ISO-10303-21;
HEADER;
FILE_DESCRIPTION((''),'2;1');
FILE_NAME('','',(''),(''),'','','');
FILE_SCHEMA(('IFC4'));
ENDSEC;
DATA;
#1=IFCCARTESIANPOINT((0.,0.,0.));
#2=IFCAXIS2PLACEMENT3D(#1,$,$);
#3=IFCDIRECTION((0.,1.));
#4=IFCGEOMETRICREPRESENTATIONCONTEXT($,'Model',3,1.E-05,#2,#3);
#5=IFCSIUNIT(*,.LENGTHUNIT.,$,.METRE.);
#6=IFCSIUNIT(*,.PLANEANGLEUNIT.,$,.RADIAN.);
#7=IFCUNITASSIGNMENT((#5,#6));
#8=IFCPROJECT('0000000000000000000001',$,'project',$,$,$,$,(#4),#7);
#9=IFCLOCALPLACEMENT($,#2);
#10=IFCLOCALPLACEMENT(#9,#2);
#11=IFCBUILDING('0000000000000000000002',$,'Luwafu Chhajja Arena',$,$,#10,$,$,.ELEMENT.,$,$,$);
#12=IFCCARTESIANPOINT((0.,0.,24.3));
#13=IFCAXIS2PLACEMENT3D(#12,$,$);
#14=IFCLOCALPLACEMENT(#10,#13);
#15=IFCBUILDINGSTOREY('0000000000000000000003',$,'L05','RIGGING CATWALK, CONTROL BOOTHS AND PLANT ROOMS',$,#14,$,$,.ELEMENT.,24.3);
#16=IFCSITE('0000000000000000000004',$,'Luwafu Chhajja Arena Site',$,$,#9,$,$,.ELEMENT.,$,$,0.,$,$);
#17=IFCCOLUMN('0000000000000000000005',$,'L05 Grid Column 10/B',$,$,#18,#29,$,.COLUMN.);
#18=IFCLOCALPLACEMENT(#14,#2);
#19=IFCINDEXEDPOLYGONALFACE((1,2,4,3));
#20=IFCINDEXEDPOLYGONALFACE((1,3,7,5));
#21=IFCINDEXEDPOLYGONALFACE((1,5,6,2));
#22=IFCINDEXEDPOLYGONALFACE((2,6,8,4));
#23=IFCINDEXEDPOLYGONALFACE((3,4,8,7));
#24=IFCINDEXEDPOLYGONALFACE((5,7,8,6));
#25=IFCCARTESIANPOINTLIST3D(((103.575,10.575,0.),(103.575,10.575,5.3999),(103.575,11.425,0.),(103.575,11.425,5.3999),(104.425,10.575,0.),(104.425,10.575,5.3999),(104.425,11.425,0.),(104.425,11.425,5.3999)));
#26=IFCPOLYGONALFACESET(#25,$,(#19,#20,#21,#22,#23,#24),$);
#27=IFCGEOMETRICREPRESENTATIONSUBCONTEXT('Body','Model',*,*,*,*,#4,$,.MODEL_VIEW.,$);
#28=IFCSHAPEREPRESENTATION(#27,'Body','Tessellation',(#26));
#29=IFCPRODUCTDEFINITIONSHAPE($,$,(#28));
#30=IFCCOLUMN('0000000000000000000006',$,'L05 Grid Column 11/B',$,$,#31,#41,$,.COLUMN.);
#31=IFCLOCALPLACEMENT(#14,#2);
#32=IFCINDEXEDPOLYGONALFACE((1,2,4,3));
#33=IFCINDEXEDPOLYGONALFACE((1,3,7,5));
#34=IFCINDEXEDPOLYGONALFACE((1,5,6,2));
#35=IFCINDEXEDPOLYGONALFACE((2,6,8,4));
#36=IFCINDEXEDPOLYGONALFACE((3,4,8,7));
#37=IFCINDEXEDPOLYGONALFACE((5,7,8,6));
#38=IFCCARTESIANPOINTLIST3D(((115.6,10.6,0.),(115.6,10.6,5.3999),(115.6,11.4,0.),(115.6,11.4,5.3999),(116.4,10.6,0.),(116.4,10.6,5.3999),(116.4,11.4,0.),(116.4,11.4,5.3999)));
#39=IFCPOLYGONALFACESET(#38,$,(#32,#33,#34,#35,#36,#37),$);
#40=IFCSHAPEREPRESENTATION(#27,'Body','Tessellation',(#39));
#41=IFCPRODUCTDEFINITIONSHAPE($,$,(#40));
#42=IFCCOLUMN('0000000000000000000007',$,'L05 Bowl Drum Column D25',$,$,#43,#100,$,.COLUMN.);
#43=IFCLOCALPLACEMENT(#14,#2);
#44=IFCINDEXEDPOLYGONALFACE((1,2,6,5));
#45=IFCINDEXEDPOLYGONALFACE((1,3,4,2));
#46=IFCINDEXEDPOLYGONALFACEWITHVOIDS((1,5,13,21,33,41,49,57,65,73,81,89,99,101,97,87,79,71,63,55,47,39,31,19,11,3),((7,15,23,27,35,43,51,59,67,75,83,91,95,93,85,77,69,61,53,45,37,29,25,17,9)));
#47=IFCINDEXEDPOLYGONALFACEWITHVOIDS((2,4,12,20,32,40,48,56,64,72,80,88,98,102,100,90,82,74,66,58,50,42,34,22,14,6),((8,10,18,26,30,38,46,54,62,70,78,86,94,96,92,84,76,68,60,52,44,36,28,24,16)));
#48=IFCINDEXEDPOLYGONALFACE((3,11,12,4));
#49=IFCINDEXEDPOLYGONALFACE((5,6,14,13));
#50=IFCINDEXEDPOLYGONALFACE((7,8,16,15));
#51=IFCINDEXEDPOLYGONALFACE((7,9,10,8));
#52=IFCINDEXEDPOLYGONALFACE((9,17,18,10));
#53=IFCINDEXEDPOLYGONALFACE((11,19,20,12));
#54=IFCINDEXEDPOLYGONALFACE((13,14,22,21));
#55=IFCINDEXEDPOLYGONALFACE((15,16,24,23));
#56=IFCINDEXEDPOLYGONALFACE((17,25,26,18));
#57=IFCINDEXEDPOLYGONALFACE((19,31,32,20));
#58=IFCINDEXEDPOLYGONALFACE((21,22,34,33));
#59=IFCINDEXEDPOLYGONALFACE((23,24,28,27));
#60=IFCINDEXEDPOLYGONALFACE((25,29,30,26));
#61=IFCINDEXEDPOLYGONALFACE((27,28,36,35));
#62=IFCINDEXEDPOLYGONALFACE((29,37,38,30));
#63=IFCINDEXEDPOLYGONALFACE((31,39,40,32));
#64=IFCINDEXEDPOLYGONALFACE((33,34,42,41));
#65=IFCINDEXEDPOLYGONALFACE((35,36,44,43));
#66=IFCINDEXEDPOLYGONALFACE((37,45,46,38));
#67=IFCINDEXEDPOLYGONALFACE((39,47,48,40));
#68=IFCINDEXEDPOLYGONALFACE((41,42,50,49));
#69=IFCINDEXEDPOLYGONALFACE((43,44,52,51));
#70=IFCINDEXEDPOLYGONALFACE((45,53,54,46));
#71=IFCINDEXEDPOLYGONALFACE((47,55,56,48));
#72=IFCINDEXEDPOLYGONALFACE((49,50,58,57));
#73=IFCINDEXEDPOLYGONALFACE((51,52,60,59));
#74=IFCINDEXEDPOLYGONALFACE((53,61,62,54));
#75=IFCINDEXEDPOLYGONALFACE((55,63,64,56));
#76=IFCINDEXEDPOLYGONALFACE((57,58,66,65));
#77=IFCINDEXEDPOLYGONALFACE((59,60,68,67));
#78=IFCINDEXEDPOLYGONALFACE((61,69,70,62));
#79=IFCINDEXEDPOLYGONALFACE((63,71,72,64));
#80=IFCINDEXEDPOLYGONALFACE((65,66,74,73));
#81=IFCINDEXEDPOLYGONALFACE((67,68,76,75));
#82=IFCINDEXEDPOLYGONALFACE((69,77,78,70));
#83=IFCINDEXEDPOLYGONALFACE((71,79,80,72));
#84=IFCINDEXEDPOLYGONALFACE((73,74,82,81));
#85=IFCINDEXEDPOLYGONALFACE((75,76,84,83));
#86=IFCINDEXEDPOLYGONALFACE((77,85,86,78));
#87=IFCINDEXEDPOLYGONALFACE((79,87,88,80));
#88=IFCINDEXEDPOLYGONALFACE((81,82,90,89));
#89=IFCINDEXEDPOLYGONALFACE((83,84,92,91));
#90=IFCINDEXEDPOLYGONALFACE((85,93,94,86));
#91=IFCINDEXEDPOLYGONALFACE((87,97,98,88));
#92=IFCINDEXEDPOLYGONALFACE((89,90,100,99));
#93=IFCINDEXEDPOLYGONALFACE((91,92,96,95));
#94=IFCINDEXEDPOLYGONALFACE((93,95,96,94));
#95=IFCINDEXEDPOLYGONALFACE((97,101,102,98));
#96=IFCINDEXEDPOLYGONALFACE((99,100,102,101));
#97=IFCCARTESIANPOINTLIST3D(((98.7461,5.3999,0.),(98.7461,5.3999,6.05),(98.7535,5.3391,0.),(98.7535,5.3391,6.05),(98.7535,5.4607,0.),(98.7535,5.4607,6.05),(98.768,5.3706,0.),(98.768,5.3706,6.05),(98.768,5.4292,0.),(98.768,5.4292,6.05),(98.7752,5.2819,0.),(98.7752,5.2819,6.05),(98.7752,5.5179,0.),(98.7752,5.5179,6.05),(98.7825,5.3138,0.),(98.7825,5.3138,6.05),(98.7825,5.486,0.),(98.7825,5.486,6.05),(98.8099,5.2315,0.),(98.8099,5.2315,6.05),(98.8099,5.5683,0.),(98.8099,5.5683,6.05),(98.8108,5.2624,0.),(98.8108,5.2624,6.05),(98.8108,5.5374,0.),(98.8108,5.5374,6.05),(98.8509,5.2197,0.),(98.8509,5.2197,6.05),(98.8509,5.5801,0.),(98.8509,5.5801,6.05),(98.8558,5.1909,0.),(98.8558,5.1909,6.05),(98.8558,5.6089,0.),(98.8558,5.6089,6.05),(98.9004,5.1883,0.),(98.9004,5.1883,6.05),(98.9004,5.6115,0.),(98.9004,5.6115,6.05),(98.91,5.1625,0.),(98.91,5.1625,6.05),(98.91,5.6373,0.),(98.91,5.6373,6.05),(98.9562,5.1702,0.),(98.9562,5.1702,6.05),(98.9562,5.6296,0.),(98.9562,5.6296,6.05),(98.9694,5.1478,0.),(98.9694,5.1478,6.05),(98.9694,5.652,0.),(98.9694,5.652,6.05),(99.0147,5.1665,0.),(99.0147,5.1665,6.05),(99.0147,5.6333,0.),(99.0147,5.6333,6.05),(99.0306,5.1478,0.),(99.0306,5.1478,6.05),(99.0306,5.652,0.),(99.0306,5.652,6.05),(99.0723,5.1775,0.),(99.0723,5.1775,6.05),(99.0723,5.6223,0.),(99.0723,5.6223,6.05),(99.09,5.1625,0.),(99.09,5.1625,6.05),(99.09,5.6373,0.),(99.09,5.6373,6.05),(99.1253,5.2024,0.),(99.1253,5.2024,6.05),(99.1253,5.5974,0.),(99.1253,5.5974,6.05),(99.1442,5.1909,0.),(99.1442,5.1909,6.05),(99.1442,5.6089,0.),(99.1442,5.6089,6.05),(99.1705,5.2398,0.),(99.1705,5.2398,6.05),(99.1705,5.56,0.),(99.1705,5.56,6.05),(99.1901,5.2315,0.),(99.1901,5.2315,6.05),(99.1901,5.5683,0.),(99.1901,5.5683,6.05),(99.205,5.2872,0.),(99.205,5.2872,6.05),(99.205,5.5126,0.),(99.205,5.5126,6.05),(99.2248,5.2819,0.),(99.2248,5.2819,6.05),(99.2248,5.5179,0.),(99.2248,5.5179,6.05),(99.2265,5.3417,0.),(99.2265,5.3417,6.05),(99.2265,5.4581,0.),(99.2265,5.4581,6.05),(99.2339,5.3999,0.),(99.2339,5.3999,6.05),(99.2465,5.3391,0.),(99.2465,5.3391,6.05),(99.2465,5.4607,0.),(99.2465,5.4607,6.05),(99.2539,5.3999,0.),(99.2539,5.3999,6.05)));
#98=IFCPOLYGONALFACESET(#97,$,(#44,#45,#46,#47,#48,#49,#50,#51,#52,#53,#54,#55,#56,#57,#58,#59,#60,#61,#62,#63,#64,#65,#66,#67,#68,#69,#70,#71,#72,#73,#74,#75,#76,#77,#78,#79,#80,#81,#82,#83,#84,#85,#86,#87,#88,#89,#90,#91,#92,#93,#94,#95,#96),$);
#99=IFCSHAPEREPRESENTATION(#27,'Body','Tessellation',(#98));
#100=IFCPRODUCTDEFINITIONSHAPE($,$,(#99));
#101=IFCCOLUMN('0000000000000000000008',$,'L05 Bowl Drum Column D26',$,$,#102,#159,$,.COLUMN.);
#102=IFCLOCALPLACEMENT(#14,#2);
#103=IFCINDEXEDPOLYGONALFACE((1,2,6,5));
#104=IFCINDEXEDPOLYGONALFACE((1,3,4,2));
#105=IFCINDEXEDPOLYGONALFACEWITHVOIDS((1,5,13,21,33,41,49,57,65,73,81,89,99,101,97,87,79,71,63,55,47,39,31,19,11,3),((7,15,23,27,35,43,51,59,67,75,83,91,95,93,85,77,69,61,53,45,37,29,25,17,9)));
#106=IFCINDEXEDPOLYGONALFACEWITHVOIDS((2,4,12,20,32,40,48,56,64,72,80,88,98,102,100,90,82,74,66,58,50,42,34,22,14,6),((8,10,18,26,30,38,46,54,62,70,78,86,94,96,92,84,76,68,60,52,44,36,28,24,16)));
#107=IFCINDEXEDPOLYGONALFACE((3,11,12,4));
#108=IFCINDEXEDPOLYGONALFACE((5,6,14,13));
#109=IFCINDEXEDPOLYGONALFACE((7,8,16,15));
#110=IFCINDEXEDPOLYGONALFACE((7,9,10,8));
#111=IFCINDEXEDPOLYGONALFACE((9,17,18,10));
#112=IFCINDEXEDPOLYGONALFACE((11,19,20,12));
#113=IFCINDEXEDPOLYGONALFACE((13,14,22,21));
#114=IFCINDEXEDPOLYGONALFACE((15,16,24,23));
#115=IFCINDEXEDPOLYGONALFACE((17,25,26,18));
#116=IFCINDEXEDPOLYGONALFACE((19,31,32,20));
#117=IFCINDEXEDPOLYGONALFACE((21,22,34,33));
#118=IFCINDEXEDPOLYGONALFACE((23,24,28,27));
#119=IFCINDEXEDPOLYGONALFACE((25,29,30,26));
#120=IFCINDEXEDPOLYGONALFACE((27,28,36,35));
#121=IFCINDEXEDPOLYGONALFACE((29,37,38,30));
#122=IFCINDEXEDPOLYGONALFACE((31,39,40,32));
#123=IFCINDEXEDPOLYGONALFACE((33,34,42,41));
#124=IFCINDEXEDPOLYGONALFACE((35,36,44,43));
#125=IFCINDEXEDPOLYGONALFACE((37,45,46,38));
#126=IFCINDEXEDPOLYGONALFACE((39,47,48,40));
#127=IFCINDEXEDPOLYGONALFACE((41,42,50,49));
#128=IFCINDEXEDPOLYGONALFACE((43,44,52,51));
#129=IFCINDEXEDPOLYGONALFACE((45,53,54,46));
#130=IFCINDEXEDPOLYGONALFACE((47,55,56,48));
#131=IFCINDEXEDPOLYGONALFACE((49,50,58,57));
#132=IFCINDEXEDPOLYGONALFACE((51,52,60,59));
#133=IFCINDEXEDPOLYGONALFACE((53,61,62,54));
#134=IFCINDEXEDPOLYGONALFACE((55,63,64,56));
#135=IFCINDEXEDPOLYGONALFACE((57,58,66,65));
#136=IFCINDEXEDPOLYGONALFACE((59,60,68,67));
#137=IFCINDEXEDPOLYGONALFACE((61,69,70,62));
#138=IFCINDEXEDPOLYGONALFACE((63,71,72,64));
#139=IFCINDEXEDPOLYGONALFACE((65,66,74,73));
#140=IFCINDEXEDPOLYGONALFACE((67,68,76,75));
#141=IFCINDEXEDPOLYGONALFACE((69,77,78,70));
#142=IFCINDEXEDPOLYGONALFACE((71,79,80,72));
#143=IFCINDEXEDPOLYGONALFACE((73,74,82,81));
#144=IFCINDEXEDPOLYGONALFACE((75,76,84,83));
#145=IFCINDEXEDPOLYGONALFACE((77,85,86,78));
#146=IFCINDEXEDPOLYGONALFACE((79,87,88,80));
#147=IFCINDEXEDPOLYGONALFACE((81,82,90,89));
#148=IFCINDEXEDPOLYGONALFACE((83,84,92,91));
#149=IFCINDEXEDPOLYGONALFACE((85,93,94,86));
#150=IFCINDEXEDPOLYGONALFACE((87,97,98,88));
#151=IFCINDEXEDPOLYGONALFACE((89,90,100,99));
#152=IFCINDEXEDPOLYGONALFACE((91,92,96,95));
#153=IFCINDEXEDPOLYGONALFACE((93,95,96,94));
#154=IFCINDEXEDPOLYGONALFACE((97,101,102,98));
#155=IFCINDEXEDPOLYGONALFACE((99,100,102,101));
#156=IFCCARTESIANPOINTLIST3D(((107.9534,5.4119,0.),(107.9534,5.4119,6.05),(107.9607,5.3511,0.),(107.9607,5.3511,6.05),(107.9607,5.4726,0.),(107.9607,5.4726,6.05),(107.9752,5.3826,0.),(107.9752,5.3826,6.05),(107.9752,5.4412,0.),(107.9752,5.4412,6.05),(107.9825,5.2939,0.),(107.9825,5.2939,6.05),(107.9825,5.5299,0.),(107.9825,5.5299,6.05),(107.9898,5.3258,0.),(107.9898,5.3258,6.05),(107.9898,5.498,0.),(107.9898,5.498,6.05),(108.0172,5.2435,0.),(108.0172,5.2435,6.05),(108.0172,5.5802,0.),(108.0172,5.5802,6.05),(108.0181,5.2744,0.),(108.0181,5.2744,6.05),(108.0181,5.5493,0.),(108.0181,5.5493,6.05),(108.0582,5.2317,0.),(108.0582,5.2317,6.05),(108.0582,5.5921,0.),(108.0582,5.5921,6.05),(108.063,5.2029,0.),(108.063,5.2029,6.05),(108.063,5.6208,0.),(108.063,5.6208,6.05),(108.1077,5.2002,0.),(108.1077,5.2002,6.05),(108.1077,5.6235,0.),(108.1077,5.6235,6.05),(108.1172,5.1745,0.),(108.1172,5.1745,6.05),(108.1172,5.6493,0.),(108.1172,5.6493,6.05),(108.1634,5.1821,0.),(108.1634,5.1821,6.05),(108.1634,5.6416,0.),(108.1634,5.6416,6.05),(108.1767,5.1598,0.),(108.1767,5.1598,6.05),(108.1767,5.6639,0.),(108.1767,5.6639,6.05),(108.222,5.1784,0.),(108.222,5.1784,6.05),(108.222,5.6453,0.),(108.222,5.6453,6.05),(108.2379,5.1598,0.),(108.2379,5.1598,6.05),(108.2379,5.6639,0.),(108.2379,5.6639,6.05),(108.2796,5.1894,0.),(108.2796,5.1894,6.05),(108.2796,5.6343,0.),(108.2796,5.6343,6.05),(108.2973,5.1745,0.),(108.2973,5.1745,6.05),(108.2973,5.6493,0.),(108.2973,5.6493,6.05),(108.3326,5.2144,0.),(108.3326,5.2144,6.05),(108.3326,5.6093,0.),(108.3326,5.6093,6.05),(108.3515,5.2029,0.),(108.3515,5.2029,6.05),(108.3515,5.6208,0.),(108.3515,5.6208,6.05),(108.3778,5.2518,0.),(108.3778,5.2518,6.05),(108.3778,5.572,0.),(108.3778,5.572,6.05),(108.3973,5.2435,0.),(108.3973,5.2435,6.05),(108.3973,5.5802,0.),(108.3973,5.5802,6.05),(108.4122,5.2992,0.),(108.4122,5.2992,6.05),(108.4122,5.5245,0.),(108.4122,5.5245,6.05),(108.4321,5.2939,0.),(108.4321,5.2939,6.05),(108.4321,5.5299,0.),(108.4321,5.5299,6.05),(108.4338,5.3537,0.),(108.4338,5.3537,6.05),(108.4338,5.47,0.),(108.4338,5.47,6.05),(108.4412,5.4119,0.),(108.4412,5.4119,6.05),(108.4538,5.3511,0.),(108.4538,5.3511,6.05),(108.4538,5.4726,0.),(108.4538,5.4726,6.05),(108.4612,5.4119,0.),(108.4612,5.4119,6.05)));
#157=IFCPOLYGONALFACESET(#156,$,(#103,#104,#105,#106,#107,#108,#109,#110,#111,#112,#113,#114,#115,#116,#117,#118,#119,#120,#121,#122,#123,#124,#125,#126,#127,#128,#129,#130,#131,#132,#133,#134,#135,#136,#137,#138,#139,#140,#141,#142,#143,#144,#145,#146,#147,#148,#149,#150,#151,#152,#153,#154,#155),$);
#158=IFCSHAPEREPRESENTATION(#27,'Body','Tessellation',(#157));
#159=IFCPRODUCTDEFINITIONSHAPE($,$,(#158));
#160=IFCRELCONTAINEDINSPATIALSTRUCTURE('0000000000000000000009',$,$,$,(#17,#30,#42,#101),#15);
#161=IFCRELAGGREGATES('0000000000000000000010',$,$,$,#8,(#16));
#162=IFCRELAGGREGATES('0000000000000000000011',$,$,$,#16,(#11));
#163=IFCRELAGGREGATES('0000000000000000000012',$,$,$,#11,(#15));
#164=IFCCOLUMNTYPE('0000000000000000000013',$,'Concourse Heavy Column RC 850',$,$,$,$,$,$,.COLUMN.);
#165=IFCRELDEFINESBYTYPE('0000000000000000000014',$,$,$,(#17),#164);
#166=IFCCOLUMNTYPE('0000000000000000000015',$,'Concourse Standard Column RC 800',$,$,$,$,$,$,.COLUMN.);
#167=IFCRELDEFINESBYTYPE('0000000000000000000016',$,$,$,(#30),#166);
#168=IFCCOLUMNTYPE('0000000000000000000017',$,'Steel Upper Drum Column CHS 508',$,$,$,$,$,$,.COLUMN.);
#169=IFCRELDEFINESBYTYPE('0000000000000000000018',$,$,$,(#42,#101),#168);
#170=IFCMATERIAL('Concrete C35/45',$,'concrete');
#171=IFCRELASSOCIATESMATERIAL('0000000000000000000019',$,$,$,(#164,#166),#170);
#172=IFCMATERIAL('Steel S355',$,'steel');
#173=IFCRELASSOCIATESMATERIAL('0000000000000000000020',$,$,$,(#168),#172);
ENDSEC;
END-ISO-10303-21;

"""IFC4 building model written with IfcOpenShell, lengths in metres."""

from ifc_helpers import new_model, si_unit, direction, frame, origin, origin_2d, place, context, subcontext, project, spatial, rectangle, hollow_circle, extrude, material, material_profile, profile_set, type_object, element, save


model = new_model("IFC4")

# Units and contexts
model_context = context("Model", 3, precision=1e-05, world=origin(), true_north=direction((0.0, 1.0)))
body_context = subcontext(model_context, "Body", "Model", "MODEL_VIEW")
ifc_project = project(units=[si_unit("LENGTHUNIT", "METRE"), si_unit("PLANEANGLEUNIT", "RADIAN")], contexts=[model_context])

# Site, building, storey
site_placement = place(None, origin())
site = spatial("IfcSite", under=ifc_project, at=site_placement, Name="Luwafu Chhajja Arena Site", CompositionType="ELEMENT", RefElevation=0.0)
building_placement = place(site_placement, origin())
building = spatial("IfcBuilding", under=site, at=building_placement, Name="Luwafu Chhajja Arena", CompositionType="ELEMENT")
storey_placement = place(building_placement, frame((0.0, 0.0, 24.3)))
storey = spatial("IfcBuildingStorey", under=building, at=storey_placement, Name="L05", Description="RIGGING CATWALK, CONTROL BOOTHS AND PLANT ROOMS", CompositionType="ELEMENT", Elevation=24.3)

# Columns
ifc_material_1 = material(Name="Concrete C35/45", Category="concrete")
ifc_material_profile_1 = material_profile(ifc_material_1, rectangle(XDim=0.8501, YDim=0.8501, at=origin_2d()), Name="RC 850x850")
ifc_profile_set_1 = profile_set([ifc_material_profile_1], Name="Concrete C35/45")
column_type_1 = type_object("IfcColumnType", Name="Concourse Heavy Column RC 850", PredefinedType="COLUMN", material=ifc_profile_set_1)
column_1_placement = place(storey_placement, frame((104.0, 11.0, 0.0), z_axis=(0.0, 0.0, 1.0), x_axis=(1.0, 0.0, 0.0)))
element("IfcColumn", 1, at=column_1_placement, inside=storey, type_object=column_type_1, Name="L05 Grid Column 10/B", PredefinedType="COLUMN", context=body_context, shape_type="SweptSolid", body=[
    extrude(rectangle(XDim=0.8501, YDim=0.8501, at=origin_2d()), origin(), (0.0, 0.0, 1.0), 5.3999),
])
ifc_material_profile_2 = material_profile(ifc_material_1, rectangle(XDim=0.8, YDim=0.8, at=origin_2d()), Name="RC 800x800")
ifc_profile_set_2 = profile_set([ifc_material_profile_2], Name="Concrete C35/45")
column_type_2 = type_object("IfcColumnType", Name="Concourse Standard Column RC 800", PredefinedType="COLUMN", material=ifc_profile_set_2)
column_2_placement = place(storey_placement, frame((116.0, 11.0, 0.0), z_axis=(0.0, 0.0, 1.0), x_axis=(1.0, 0.0, 0.0)))
element("IfcColumn", 2, at=column_2_placement, inside=storey, type_object=column_type_2, Name="L05 Grid Column 11/B", PredefinedType="COLUMN", context=body_context, shape_type="SweptSolid", body=[
    extrude(rectangle(XDim=0.8, YDim=0.8, at=origin_2d()), origin(), (0.0, 0.0, 1.0), 5.3999),
])
ifc_material_2 = material(Name="Steel S355", Category="steel")
ifc_material_profile_3 = material_profile(ifc_material_2, hollow_circle(Radius=0.2539, WallThickness=0.02, at=origin_2d()), Name="CHS 508x20")
ifc_profile_set_3 = profile_set([ifc_material_profile_3], Name="Steel S355")
column_type_3 = type_object("IfcColumnType", Name="Steel Upper Drum Column CHS 508", PredefinedType="COLUMN", material=ifc_profile_set_3)
for number, where, z_axis, x_axis, name in (
    (3, (99.0, 5.3999, 0.0), (0.0, 0.0, 1.0), (1.0, 0.0, 0.0), "L05 Bowl Drum Column D25"),
    (4, (108.2073, 5.4119, 0.0), (0.0, 0.0, 1.0), (1.0, 0.0, 0.0), "L05 Bowl Drum Column D26"),
):
    element("IfcColumn", number, at=place(storey_placement, frame(where, z_axis=z_axis, x_axis=x_axis)), inside=storey, type_object=column_type_3, Name=name, PredefinedType="COLUMN", context=body_context, shape_type="SweptSolid", body=[
        extrude(hollow_circle(Radius=0.2539, WallThickness=0.02, at=origin_2d()), origin(), (0.0, 0.0, 1.0), 6.05),
    ])

save(model, "model.ifc")
